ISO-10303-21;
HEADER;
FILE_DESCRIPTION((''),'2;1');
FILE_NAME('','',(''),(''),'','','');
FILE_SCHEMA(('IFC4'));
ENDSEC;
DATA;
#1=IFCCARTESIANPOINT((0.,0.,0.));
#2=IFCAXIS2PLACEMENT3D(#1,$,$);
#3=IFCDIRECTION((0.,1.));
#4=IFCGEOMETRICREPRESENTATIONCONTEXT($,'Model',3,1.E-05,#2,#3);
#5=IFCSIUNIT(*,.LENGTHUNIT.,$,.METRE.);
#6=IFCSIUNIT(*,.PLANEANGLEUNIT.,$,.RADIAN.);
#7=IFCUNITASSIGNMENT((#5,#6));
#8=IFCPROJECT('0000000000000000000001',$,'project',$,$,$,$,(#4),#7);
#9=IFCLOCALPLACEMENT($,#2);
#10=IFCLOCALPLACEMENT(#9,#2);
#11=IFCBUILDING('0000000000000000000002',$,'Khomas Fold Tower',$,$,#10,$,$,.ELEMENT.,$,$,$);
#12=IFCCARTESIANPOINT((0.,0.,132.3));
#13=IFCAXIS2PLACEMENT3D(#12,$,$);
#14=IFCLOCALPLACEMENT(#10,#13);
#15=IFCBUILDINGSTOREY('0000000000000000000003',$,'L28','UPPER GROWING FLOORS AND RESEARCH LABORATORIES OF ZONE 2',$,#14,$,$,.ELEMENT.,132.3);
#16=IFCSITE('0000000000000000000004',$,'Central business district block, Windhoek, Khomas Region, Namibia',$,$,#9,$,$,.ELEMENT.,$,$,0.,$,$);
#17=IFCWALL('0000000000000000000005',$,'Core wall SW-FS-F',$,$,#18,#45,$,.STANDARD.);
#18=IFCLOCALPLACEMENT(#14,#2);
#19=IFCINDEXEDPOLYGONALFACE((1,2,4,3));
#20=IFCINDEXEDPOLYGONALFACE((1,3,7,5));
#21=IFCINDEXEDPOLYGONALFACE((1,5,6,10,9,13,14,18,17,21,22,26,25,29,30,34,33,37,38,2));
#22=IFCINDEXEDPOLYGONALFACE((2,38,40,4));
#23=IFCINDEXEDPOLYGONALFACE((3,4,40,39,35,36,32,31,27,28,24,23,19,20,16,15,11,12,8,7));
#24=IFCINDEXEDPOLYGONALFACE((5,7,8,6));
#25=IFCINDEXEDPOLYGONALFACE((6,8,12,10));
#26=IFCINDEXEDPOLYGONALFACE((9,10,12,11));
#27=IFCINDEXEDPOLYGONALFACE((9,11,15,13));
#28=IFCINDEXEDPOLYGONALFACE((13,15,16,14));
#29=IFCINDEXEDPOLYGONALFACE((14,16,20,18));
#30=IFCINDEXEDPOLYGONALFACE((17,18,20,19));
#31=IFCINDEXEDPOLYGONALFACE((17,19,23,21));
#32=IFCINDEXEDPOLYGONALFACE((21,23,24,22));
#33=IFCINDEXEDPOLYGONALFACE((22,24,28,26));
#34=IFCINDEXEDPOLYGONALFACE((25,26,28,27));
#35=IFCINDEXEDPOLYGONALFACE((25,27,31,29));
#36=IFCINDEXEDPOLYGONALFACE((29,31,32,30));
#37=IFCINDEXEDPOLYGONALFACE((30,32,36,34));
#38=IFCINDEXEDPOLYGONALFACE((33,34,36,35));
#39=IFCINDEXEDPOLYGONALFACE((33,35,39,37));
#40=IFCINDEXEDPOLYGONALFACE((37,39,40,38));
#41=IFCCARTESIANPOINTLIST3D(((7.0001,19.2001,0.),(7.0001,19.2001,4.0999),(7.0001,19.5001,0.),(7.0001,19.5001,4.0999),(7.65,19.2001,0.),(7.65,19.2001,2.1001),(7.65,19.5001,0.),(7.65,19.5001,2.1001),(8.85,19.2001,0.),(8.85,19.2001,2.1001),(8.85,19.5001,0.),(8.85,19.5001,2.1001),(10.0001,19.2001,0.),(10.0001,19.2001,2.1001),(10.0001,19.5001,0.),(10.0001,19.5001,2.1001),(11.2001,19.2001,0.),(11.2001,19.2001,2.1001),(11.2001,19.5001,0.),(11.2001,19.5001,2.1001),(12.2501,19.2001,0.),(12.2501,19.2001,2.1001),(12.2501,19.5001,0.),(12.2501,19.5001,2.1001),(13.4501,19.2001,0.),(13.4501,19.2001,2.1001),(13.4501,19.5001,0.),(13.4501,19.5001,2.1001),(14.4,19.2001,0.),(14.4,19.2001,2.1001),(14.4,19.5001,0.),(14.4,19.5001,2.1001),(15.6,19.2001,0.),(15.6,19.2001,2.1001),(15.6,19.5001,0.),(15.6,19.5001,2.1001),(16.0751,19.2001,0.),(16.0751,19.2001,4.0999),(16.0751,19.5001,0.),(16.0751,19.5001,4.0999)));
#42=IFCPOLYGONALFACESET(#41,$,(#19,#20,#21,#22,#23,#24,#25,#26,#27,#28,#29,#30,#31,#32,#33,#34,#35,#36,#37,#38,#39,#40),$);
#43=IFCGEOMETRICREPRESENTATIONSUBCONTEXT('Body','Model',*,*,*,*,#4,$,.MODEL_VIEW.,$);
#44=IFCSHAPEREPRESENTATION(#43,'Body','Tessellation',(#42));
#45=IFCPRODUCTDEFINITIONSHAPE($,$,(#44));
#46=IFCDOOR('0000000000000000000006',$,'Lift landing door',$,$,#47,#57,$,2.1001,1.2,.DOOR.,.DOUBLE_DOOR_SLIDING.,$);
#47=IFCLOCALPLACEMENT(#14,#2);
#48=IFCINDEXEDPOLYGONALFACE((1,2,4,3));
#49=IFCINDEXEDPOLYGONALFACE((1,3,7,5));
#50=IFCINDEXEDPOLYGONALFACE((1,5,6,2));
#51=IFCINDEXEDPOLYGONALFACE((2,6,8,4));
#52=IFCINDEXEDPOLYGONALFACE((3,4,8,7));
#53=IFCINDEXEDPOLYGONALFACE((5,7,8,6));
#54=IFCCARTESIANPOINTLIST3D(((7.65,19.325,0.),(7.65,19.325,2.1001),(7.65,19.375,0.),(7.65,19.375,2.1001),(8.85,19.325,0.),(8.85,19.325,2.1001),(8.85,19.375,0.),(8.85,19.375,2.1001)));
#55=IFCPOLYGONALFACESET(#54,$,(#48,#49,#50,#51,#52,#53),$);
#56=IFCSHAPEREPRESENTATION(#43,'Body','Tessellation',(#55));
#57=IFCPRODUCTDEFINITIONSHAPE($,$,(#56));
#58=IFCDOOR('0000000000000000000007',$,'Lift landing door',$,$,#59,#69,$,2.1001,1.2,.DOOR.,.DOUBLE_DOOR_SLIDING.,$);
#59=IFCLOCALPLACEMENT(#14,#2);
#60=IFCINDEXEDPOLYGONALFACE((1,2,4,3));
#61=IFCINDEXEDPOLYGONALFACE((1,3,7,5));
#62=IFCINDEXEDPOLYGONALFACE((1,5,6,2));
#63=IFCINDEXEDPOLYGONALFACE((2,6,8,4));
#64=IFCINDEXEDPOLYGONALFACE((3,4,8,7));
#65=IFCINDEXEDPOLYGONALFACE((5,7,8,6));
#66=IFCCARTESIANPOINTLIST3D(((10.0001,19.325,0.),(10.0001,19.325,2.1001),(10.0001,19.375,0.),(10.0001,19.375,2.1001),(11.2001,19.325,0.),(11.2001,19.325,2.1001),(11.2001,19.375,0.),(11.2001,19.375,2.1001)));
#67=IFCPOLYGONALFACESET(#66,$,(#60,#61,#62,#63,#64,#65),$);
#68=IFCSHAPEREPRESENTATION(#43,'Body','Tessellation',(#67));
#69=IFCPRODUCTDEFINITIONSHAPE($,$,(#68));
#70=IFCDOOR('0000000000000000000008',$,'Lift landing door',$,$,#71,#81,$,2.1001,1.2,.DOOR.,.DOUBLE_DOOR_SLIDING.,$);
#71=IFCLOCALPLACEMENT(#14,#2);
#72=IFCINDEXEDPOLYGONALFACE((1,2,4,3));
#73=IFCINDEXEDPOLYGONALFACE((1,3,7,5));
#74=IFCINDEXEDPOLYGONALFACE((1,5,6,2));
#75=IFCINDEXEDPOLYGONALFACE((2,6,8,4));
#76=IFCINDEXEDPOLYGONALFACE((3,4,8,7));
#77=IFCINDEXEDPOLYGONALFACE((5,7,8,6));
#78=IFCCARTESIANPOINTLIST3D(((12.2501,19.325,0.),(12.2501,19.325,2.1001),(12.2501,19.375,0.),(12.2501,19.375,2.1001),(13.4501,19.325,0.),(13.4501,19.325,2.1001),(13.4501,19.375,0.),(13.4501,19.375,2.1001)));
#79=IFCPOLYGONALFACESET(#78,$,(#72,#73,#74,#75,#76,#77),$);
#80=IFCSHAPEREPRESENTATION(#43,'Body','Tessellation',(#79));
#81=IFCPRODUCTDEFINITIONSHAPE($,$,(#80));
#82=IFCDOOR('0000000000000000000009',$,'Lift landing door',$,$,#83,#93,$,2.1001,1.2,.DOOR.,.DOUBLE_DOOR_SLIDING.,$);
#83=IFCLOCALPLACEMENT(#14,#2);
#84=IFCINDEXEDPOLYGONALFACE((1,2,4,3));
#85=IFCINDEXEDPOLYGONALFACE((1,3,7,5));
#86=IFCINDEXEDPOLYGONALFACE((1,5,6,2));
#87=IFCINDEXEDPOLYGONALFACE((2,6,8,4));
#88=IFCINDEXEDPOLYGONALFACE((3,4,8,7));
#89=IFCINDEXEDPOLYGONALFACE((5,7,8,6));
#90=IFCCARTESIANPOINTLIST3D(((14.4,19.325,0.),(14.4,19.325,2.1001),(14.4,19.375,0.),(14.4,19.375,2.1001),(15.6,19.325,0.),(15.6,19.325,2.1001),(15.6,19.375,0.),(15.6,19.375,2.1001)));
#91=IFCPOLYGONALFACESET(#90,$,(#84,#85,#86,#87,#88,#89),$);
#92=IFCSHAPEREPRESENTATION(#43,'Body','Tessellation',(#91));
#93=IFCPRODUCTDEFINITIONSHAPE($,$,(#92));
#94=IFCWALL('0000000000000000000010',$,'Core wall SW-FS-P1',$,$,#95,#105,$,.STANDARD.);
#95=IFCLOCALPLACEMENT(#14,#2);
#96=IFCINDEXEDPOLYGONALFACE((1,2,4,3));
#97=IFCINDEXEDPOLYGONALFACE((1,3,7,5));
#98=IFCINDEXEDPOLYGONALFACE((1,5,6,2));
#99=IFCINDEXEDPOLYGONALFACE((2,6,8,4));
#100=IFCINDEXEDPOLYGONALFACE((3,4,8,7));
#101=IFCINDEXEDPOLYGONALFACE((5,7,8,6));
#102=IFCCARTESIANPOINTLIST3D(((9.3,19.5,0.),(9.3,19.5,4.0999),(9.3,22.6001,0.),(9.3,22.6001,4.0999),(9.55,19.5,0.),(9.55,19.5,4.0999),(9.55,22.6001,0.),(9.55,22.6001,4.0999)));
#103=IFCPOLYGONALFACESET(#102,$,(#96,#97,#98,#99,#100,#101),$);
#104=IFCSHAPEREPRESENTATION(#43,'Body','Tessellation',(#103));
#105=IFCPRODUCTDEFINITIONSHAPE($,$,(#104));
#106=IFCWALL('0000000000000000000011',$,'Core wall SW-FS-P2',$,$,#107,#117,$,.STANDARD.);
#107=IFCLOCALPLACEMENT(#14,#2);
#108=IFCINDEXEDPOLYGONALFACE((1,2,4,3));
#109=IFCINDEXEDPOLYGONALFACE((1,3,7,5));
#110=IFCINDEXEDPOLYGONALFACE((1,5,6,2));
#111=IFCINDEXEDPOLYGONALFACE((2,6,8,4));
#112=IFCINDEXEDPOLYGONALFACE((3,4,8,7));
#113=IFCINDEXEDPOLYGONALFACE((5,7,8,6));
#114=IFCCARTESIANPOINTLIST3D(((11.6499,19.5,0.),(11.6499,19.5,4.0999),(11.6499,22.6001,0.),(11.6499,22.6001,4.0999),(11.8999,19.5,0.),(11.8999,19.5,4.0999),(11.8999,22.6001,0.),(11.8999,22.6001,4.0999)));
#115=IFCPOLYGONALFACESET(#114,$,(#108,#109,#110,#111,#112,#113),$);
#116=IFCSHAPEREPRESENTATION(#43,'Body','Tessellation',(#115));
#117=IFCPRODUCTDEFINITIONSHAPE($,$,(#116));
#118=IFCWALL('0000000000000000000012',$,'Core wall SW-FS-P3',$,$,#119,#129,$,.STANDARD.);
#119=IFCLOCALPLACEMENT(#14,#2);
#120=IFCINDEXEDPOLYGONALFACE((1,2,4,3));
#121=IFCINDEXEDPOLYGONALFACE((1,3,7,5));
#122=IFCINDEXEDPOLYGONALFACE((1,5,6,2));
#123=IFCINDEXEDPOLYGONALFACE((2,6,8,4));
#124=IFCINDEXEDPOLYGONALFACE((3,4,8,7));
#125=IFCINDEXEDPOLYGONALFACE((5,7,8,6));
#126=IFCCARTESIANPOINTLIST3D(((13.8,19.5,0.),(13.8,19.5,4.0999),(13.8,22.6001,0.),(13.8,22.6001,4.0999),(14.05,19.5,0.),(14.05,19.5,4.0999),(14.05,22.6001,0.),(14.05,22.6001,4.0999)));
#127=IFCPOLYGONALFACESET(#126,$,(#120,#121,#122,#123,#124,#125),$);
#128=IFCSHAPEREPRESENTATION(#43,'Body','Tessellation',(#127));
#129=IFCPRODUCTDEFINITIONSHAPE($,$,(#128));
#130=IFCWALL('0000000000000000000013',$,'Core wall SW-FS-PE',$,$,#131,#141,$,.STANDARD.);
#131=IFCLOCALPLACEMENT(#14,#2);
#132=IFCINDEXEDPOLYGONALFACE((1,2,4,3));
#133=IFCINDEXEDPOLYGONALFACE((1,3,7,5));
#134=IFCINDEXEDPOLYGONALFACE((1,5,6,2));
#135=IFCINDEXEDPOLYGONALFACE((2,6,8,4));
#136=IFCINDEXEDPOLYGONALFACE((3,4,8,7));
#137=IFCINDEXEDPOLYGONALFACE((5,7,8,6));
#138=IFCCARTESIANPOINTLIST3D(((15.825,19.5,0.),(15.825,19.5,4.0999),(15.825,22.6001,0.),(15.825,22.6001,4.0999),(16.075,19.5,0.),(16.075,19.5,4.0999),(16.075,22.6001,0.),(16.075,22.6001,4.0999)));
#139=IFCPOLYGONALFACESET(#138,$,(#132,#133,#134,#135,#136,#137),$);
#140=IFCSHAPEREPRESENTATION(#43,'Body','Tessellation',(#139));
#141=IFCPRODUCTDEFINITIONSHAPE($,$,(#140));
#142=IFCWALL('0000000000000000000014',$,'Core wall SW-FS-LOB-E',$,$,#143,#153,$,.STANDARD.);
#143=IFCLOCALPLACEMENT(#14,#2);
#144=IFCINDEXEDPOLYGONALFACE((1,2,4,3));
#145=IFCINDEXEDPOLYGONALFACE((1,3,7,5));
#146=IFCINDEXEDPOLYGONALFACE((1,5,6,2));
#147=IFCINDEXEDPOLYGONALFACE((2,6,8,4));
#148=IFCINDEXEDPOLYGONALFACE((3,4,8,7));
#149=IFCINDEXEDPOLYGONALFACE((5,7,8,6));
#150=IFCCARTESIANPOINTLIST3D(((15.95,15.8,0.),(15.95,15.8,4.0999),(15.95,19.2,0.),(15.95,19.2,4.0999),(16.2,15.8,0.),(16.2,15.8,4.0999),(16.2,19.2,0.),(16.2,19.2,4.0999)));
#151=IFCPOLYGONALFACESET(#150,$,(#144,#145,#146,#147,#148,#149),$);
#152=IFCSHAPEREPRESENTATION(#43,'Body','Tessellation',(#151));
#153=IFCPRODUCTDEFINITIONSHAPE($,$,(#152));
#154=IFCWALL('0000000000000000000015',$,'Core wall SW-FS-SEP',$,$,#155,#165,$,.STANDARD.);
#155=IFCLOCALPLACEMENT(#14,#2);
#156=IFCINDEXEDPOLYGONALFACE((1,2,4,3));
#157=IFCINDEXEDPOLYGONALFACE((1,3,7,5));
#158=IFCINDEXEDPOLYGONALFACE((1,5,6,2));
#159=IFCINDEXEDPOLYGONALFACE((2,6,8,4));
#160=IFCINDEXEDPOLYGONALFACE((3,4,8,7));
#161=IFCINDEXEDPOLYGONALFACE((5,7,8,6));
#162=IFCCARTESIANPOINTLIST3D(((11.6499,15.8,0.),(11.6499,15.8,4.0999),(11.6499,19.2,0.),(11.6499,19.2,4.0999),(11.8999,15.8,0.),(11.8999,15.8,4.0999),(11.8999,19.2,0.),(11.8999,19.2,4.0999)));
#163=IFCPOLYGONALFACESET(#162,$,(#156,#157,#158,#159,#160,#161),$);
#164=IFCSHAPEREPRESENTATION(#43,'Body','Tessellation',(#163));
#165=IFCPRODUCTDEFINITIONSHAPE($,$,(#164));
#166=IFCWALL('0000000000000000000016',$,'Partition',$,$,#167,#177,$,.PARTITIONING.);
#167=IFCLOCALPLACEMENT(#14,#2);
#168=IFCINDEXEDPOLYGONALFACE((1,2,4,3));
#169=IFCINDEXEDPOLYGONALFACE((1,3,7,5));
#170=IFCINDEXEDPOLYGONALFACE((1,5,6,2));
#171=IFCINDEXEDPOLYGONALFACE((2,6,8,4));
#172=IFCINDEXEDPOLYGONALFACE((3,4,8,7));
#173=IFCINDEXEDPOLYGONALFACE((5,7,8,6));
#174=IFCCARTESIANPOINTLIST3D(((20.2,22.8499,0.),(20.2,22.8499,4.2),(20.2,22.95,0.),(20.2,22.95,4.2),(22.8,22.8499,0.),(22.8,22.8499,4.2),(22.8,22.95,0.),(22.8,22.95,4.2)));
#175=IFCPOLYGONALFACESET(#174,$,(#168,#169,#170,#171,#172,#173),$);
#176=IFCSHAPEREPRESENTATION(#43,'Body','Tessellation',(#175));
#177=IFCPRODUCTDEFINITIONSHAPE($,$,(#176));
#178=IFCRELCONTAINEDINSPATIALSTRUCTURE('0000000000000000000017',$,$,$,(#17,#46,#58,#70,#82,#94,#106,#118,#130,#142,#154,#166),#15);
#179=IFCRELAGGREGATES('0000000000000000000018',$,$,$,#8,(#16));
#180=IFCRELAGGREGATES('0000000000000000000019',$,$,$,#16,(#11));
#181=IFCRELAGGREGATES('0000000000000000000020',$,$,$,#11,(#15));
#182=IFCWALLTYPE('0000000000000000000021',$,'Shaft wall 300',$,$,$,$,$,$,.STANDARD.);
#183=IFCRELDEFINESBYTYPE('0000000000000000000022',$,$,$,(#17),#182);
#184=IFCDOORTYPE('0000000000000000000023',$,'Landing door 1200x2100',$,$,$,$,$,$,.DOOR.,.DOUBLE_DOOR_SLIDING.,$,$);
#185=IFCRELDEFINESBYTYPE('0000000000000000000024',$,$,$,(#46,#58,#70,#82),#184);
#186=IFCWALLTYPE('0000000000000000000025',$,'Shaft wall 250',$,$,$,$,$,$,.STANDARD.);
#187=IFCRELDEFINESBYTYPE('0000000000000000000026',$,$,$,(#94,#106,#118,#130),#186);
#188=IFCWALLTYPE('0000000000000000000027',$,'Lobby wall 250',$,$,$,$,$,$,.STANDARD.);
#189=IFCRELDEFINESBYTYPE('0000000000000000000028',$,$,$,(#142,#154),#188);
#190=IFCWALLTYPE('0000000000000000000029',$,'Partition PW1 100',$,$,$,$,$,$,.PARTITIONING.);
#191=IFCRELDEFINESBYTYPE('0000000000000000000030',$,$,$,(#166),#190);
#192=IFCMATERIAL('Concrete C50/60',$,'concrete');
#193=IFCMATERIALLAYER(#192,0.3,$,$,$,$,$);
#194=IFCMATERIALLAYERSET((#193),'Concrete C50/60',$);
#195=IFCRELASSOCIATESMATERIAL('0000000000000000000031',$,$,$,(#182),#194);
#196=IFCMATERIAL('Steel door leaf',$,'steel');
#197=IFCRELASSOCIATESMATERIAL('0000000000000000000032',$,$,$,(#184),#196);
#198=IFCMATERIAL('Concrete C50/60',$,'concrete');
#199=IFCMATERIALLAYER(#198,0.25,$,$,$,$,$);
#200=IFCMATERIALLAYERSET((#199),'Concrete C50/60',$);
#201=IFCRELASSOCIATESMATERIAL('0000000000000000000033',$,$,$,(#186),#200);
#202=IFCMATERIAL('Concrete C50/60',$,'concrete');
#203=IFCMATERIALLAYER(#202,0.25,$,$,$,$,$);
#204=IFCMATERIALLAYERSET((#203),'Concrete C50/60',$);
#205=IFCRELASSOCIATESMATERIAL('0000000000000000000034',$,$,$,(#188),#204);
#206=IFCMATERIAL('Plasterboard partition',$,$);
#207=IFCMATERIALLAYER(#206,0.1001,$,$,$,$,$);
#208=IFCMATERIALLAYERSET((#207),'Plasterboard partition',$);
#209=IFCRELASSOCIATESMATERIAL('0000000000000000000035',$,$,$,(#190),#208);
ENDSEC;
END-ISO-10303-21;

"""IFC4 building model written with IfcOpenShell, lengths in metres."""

from ifc_helpers import new_model, si_unit, direction, frame, frame_2d, origin, place, context, subcontext, project, spatial, rectangle, extrude, source, transform, mapped, material, layer, layer_set, type_object, element, fill, save


model = new_model("IFC4")

# Units and contexts
model_context = context("Model", 3, precision=1e-05, world=origin(), true_north=direction((0.0, 1.0)))
body_context = subcontext(model_context, "Body", "Model", "MODEL_VIEW")
ifc_project = project(units=[si_unit("LENGTHUNIT", "METRE"), si_unit("PLANEANGLEUNIT", "RADIAN")], contexts=[model_context])

# Site, building, storey
site_placement = place(None, origin())
site = spatial("IfcSite", under=ifc_project, at=site_placement, Name="Central business district block, Windhoek, Khomas Region, Namibia", CompositionType="ELEMENT", RefElevation=0.0)
building_placement = place(site_placement, origin())
building = spatial("IfcBuilding", under=site, at=building_placement, Name="Khomas Fold Tower", CompositionType="ELEMENT")
storey_placement = place(building_placement, frame((0.0, 0.0, 132.3)))
storey = spatial("IfcBuildingStorey", under=building, at=storey_placement, Name="L28", Description="UPPER GROWING FLOORS AND RESEARCH LABORATORIES OF ZONE 2", CompositionType="ELEMENT", Elevation=132.3)

# Shared definitions
ifc_material_1 = material(Name="Concrete C50/60", Category="concrete")
ifc_layer_1 = layer(ifc_material_1, 0.3)
ifc_layer_set_1 = layer_set([ifc_layer_1], Name="Concrete C50/60")
wall_type_1 = type_object("IfcWallType", Name="Shaft wall 300", PredefinedType="STANDARD", material=ifc_layer_set_1)

# Wall, openings, doors
shared_shape_1 = source(origin(), body_context, "Body", "SweptSolid", [
    extrude(rectangle(XDim=9.075, YDim=0.3, at=frame_2d((4.5376, 0.0))), origin(), (0.0, 0.0, 1.0), 4.0999),
])
wall_1_placement = place(storey_placement, frame((7.0, 19.3501, 0.0), z_axis=(0.0, 0.0, 1.0), x_axis=(1.0, 0.0, 0.0)))
wall_1 = element("IfcWall", 1, at=wall_1_placement, inside=storey, type_object=wall_type_1, Name="Core wall SW-FS-F", PredefinedType="STANDARD", context=body_context, shape_type="MappedRepresentation", body=[
    mapped(shared_shape_1, transform((0.0, 0.0, 0.0))),
])
shared_shape_2 = source(origin(), body_context, "Body", "SweptSolid", [
    extrude(rectangle(XDim=1.2, YDim=2.1001, at=frame_2d((0.6001, 1.05))), frame((0.0, 0.1599, 0.0), z_axis=(0.0, -1.0, 0.0), x_axis=(1.0, 0.0, 0.0)), (0.0, 0.0, 1.0), 0.3201),
])
opening_1_placement = place(wall_1_placement, frame((0.6499, 0.0, 0.0)))
opening_1 = element("IfcOpeningElement", 2, at=opening_1_placement, cuts=wall_1, PredefinedType="OPENING", context=body_context, shape_type="MappedRepresentation", body=[
    mapped(shared_shape_2, transform((0.0, 0.0, 0.0))),
])
opening_2_placement = place(wall_1_placement, frame((3.0, 0.0, 0.0)))
opening_2 = element("IfcOpeningElement", 3, at=opening_2_placement, cuts=wall_1, PredefinedType="OPENING", context=body_context, shape_type="MappedRepresentation", body=[
    mapped(shared_shape_2, transform((0.0, 0.0, 0.0))),
])
opening_3_placement = place(wall_1_placement, frame((5.25, 0.0, 0.0)))
opening_3 = element("IfcOpeningElement", 4, at=opening_3_placement, cuts=wall_1, PredefinedType="OPENING", context=body_context, shape_type="MappedRepresentation", body=[
    mapped(shared_shape_2, transform((0.0, 0.0, 0.0))),
])
opening_4_placement = place(wall_1_placement, frame((7.3999, 0.0, 0.0)))
opening_4 = element("IfcOpeningElement", 5, at=opening_4_placement, cuts=wall_1, PredefinedType="OPENING", context=body_context, shape_type="MappedRepresentation", body=[
    mapped(shared_shape_2, transform((0.0, 0.0, 0.0))),
])
ifc_material_2 = material(Name="Steel door leaf", Category="steel")
door_type = type_object("IfcDoorType", Name="Landing door 1200x2100", OperationType="DOUBLE_DOOR_SLIDING", PredefinedType="DOOR", material=ifc_material_2)
shared_shape_3 = source(origin(), body_context, "Body", "SweptSolid", [
    extrude(rectangle(XDim=1.2, YDim=2.1001, at=frame_2d((0.6001, 1.05))), frame((0.0, 0.0249, 0.0), z_axis=(0.0, -1.0, 0.0), x_axis=(1.0, 0.0, 0.0)), (0.0, 0.0, 1.0), 0.05),
])
door_1_placement = place(opening_1_placement, origin())
door_1 = element("IfcDoor", 6, at=door_1_placement, inside=storey, type_object=door_type, Name="Lift landing door", OperationType="DOUBLE_DOOR_SLIDING", OverallHeight=2.1001, OverallWidth=1.2, PredefinedType="DOOR", context=body_context, shape_type="MappedRepresentation", body=[
    mapped(shared_shape_3, transform((0.0, 0.0, 0.0))),
])
fill(opening_1, door_1)
door_2_placement = place(opening_2_placement, origin())
door_2 = element("IfcDoor", 7, at=door_2_placement, inside=storey, type_object=door_type, Name="Lift landing door", OperationType="DOUBLE_DOOR_SLIDING", OverallHeight=2.1001, OverallWidth=1.2, PredefinedType="DOOR", context=body_context, shape_type="MappedRepresentation", body=[
    mapped(shared_shape_3, transform((0.0, 0.0, 0.0))),
])
fill(opening_2, door_2)
door_3_placement = place(opening_3_placement, origin())
door_3 = element("IfcDoor", 8, at=door_3_placement, inside=storey, type_object=door_type, Name="Lift landing door", OperationType="DOUBLE_DOOR_SLIDING", OverallHeight=2.1001, OverallWidth=1.2, PredefinedType="DOOR", context=body_context, shape_type="MappedRepresentation", body=[
    mapped(shared_shape_3, transform((0.0, 0.0, 0.0))),
])
fill(opening_3, door_3)
door_4_placement = place(opening_4_placement, origin())
door_4 = element("IfcDoor", 9, at=door_4_placement, inside=storey, type_object=door_type, Name="Lift landing door", OperationType="DOUBLE_DOOR_SLIDING", OverallHeight=2.1001, OverallWidth=1.2, PredefinedType="DOOR", context=body_context, shape_type="MappedRepresentation", body=[
    mapped(shared_shape_3, transform((0.0, 0.0, 0.0))),
])
fill(opening_4, door_4)

# Walls
ifc_material_3 = material(Name="Concrete C50/60", Category="concrete")
ifc_layer_2 = layer(ifc_material_3, 0.25)
ifc_layer_set_2 = layer_set([ifc_layer_2], Name="Concrete C50/60")
wall_type_2 = type_object("IfcWallType", Name="Shaft wall 250", PredefinedType="STANDARD", material=ifc_layer_set_2)
shared_shape_4 = source(origin(), body_context, "Body", "SweptSolid", [
    extrude(rectangle(XDim=3.1001, YDim=0.25, at=frame_2d((1.55, 0.0))), origin(), (0.0, 0.0, 1.0), 4.0999),
])
for number, where, z_axis, x_axis, name in (
    (10, (9.425, 19.5, 0.0), (0.0, 0.0, 1.0), (0.0, 1.0, 0.0), "Core wall SW-FS-P1"),
    (11, (11.7749, 19.5, 0.0), (0.0, 0.0, 1.0), (0.0, 1.0, 0.0), "Core wall SW-FS-P2"),
    (12, (13.925, 19.5, 0.0), (0.0, 0.0, 1.0), (0.0, 1.0, 0.0), "Core wall SW-FS-P3"),
    (13, (15.95, 19.5, 0.0), (0.0, 0.0, 1.0), (0.0, 1.0, 0.0), "Core wall SW-FS-PE"),
):
    element("IfcWall", number, at=place(storey_placement, frame(where, z_axis=z_axis, x_axis=x_axis)), inside=storey, type_object=wall_type_2, Name=name, PredefinedType="STANDARD", context=body_context, shape_type="MappedRepresentation", body=[
        mapped(shared_shape_4, transform((0.0, 0.0, 0.0))),
    ])
ifc_material_4 = material(Name="Concrete C50/60", Category="concrete")
ifc_layer_3 = layer(ifc_material_4, 0.25)
ifc_layer_set_3 = layer_set([ifc_layer_3], Name="Concrete C50/60")
wall_type_3 = type_object("IfcWallType", Name="Lobby wall 250", PredefinedType="STANDARD", material=ifc_layer_set_3)
shared_shape_5 = source(origin(), body_context, "Body", "SweptSolid", [
    extrude(rectangle(XDim=3.3999, YDim=0.25, at=frame_2d((1.7, 0.0))), origin(), (0.0, 0.0, 1.0), 4.0999),
])
for number, where, z_axis, x_axis, name in (
    (14, (16.075, 15.8, 0.0), (0.0, 0.0, 1.0), (0.0, 1.0, 0.0), "Core wall SW-FS-LOB-E"),
    (15, (11.7749, 15.8, 0.0), (0.0, 0.0, 1.0), (0.0, 1.0, 0.0), "Core wall SW-FS-SEP"),
):
    element("IfcWall", number, at=place(storey_placement, frame(where, z_axis=z_axis, x_axis=x_axis)), inside=storey, type_object=wall_type_3, Name=name, PredefinedType="STANDARD", context=body_context, shape_type="MappedRepresentation", body=[
        mapped(shared_shape_5, transform((0.0, 0.0, 0.0))),
    ])
ifc_material_5 = material(Name="Plasterboard partition")
ifc_layer_4 = layer(ifc_material_5, 0.1001)
ifc_layer_set_4 = layer_set([ifc_layer_4], Name="Plasterboard partition")
wall_type_4 = type_object("IfcWallType", Name="Partition PW1 100", PredefinedType="PARTITIONING", material=ifc_layer_set_4)
shared_shape_6 = source(origin(), body_context, "Body", "SweptSolid", [
    extrude(rectangle(XDim=2.6001, YDim=0.1001, at=frame_2d((1.3, 0.0))), origin(), (0.0, 0.0, 1.0), 4.2),
])
wall_2_placement = place(storey_placement, frame((20.2, 22.8999, 0.0), z_axis=(0.0, 0.0, 1.0), x_axis=(1.0, 0.0, 0.0)))
element("IfcWall", 16, at=wall_2_placement, inside=storey, type_object=wall_type_4, Name="Partition", PredefinedType="PARTITIONING", context=body_context, shape_type="MappedRepresentation", body=[
    mapped(shared_shape_6, transform((0.0, 0.0, 0.0))),
])

save(model, "model.ifc")
